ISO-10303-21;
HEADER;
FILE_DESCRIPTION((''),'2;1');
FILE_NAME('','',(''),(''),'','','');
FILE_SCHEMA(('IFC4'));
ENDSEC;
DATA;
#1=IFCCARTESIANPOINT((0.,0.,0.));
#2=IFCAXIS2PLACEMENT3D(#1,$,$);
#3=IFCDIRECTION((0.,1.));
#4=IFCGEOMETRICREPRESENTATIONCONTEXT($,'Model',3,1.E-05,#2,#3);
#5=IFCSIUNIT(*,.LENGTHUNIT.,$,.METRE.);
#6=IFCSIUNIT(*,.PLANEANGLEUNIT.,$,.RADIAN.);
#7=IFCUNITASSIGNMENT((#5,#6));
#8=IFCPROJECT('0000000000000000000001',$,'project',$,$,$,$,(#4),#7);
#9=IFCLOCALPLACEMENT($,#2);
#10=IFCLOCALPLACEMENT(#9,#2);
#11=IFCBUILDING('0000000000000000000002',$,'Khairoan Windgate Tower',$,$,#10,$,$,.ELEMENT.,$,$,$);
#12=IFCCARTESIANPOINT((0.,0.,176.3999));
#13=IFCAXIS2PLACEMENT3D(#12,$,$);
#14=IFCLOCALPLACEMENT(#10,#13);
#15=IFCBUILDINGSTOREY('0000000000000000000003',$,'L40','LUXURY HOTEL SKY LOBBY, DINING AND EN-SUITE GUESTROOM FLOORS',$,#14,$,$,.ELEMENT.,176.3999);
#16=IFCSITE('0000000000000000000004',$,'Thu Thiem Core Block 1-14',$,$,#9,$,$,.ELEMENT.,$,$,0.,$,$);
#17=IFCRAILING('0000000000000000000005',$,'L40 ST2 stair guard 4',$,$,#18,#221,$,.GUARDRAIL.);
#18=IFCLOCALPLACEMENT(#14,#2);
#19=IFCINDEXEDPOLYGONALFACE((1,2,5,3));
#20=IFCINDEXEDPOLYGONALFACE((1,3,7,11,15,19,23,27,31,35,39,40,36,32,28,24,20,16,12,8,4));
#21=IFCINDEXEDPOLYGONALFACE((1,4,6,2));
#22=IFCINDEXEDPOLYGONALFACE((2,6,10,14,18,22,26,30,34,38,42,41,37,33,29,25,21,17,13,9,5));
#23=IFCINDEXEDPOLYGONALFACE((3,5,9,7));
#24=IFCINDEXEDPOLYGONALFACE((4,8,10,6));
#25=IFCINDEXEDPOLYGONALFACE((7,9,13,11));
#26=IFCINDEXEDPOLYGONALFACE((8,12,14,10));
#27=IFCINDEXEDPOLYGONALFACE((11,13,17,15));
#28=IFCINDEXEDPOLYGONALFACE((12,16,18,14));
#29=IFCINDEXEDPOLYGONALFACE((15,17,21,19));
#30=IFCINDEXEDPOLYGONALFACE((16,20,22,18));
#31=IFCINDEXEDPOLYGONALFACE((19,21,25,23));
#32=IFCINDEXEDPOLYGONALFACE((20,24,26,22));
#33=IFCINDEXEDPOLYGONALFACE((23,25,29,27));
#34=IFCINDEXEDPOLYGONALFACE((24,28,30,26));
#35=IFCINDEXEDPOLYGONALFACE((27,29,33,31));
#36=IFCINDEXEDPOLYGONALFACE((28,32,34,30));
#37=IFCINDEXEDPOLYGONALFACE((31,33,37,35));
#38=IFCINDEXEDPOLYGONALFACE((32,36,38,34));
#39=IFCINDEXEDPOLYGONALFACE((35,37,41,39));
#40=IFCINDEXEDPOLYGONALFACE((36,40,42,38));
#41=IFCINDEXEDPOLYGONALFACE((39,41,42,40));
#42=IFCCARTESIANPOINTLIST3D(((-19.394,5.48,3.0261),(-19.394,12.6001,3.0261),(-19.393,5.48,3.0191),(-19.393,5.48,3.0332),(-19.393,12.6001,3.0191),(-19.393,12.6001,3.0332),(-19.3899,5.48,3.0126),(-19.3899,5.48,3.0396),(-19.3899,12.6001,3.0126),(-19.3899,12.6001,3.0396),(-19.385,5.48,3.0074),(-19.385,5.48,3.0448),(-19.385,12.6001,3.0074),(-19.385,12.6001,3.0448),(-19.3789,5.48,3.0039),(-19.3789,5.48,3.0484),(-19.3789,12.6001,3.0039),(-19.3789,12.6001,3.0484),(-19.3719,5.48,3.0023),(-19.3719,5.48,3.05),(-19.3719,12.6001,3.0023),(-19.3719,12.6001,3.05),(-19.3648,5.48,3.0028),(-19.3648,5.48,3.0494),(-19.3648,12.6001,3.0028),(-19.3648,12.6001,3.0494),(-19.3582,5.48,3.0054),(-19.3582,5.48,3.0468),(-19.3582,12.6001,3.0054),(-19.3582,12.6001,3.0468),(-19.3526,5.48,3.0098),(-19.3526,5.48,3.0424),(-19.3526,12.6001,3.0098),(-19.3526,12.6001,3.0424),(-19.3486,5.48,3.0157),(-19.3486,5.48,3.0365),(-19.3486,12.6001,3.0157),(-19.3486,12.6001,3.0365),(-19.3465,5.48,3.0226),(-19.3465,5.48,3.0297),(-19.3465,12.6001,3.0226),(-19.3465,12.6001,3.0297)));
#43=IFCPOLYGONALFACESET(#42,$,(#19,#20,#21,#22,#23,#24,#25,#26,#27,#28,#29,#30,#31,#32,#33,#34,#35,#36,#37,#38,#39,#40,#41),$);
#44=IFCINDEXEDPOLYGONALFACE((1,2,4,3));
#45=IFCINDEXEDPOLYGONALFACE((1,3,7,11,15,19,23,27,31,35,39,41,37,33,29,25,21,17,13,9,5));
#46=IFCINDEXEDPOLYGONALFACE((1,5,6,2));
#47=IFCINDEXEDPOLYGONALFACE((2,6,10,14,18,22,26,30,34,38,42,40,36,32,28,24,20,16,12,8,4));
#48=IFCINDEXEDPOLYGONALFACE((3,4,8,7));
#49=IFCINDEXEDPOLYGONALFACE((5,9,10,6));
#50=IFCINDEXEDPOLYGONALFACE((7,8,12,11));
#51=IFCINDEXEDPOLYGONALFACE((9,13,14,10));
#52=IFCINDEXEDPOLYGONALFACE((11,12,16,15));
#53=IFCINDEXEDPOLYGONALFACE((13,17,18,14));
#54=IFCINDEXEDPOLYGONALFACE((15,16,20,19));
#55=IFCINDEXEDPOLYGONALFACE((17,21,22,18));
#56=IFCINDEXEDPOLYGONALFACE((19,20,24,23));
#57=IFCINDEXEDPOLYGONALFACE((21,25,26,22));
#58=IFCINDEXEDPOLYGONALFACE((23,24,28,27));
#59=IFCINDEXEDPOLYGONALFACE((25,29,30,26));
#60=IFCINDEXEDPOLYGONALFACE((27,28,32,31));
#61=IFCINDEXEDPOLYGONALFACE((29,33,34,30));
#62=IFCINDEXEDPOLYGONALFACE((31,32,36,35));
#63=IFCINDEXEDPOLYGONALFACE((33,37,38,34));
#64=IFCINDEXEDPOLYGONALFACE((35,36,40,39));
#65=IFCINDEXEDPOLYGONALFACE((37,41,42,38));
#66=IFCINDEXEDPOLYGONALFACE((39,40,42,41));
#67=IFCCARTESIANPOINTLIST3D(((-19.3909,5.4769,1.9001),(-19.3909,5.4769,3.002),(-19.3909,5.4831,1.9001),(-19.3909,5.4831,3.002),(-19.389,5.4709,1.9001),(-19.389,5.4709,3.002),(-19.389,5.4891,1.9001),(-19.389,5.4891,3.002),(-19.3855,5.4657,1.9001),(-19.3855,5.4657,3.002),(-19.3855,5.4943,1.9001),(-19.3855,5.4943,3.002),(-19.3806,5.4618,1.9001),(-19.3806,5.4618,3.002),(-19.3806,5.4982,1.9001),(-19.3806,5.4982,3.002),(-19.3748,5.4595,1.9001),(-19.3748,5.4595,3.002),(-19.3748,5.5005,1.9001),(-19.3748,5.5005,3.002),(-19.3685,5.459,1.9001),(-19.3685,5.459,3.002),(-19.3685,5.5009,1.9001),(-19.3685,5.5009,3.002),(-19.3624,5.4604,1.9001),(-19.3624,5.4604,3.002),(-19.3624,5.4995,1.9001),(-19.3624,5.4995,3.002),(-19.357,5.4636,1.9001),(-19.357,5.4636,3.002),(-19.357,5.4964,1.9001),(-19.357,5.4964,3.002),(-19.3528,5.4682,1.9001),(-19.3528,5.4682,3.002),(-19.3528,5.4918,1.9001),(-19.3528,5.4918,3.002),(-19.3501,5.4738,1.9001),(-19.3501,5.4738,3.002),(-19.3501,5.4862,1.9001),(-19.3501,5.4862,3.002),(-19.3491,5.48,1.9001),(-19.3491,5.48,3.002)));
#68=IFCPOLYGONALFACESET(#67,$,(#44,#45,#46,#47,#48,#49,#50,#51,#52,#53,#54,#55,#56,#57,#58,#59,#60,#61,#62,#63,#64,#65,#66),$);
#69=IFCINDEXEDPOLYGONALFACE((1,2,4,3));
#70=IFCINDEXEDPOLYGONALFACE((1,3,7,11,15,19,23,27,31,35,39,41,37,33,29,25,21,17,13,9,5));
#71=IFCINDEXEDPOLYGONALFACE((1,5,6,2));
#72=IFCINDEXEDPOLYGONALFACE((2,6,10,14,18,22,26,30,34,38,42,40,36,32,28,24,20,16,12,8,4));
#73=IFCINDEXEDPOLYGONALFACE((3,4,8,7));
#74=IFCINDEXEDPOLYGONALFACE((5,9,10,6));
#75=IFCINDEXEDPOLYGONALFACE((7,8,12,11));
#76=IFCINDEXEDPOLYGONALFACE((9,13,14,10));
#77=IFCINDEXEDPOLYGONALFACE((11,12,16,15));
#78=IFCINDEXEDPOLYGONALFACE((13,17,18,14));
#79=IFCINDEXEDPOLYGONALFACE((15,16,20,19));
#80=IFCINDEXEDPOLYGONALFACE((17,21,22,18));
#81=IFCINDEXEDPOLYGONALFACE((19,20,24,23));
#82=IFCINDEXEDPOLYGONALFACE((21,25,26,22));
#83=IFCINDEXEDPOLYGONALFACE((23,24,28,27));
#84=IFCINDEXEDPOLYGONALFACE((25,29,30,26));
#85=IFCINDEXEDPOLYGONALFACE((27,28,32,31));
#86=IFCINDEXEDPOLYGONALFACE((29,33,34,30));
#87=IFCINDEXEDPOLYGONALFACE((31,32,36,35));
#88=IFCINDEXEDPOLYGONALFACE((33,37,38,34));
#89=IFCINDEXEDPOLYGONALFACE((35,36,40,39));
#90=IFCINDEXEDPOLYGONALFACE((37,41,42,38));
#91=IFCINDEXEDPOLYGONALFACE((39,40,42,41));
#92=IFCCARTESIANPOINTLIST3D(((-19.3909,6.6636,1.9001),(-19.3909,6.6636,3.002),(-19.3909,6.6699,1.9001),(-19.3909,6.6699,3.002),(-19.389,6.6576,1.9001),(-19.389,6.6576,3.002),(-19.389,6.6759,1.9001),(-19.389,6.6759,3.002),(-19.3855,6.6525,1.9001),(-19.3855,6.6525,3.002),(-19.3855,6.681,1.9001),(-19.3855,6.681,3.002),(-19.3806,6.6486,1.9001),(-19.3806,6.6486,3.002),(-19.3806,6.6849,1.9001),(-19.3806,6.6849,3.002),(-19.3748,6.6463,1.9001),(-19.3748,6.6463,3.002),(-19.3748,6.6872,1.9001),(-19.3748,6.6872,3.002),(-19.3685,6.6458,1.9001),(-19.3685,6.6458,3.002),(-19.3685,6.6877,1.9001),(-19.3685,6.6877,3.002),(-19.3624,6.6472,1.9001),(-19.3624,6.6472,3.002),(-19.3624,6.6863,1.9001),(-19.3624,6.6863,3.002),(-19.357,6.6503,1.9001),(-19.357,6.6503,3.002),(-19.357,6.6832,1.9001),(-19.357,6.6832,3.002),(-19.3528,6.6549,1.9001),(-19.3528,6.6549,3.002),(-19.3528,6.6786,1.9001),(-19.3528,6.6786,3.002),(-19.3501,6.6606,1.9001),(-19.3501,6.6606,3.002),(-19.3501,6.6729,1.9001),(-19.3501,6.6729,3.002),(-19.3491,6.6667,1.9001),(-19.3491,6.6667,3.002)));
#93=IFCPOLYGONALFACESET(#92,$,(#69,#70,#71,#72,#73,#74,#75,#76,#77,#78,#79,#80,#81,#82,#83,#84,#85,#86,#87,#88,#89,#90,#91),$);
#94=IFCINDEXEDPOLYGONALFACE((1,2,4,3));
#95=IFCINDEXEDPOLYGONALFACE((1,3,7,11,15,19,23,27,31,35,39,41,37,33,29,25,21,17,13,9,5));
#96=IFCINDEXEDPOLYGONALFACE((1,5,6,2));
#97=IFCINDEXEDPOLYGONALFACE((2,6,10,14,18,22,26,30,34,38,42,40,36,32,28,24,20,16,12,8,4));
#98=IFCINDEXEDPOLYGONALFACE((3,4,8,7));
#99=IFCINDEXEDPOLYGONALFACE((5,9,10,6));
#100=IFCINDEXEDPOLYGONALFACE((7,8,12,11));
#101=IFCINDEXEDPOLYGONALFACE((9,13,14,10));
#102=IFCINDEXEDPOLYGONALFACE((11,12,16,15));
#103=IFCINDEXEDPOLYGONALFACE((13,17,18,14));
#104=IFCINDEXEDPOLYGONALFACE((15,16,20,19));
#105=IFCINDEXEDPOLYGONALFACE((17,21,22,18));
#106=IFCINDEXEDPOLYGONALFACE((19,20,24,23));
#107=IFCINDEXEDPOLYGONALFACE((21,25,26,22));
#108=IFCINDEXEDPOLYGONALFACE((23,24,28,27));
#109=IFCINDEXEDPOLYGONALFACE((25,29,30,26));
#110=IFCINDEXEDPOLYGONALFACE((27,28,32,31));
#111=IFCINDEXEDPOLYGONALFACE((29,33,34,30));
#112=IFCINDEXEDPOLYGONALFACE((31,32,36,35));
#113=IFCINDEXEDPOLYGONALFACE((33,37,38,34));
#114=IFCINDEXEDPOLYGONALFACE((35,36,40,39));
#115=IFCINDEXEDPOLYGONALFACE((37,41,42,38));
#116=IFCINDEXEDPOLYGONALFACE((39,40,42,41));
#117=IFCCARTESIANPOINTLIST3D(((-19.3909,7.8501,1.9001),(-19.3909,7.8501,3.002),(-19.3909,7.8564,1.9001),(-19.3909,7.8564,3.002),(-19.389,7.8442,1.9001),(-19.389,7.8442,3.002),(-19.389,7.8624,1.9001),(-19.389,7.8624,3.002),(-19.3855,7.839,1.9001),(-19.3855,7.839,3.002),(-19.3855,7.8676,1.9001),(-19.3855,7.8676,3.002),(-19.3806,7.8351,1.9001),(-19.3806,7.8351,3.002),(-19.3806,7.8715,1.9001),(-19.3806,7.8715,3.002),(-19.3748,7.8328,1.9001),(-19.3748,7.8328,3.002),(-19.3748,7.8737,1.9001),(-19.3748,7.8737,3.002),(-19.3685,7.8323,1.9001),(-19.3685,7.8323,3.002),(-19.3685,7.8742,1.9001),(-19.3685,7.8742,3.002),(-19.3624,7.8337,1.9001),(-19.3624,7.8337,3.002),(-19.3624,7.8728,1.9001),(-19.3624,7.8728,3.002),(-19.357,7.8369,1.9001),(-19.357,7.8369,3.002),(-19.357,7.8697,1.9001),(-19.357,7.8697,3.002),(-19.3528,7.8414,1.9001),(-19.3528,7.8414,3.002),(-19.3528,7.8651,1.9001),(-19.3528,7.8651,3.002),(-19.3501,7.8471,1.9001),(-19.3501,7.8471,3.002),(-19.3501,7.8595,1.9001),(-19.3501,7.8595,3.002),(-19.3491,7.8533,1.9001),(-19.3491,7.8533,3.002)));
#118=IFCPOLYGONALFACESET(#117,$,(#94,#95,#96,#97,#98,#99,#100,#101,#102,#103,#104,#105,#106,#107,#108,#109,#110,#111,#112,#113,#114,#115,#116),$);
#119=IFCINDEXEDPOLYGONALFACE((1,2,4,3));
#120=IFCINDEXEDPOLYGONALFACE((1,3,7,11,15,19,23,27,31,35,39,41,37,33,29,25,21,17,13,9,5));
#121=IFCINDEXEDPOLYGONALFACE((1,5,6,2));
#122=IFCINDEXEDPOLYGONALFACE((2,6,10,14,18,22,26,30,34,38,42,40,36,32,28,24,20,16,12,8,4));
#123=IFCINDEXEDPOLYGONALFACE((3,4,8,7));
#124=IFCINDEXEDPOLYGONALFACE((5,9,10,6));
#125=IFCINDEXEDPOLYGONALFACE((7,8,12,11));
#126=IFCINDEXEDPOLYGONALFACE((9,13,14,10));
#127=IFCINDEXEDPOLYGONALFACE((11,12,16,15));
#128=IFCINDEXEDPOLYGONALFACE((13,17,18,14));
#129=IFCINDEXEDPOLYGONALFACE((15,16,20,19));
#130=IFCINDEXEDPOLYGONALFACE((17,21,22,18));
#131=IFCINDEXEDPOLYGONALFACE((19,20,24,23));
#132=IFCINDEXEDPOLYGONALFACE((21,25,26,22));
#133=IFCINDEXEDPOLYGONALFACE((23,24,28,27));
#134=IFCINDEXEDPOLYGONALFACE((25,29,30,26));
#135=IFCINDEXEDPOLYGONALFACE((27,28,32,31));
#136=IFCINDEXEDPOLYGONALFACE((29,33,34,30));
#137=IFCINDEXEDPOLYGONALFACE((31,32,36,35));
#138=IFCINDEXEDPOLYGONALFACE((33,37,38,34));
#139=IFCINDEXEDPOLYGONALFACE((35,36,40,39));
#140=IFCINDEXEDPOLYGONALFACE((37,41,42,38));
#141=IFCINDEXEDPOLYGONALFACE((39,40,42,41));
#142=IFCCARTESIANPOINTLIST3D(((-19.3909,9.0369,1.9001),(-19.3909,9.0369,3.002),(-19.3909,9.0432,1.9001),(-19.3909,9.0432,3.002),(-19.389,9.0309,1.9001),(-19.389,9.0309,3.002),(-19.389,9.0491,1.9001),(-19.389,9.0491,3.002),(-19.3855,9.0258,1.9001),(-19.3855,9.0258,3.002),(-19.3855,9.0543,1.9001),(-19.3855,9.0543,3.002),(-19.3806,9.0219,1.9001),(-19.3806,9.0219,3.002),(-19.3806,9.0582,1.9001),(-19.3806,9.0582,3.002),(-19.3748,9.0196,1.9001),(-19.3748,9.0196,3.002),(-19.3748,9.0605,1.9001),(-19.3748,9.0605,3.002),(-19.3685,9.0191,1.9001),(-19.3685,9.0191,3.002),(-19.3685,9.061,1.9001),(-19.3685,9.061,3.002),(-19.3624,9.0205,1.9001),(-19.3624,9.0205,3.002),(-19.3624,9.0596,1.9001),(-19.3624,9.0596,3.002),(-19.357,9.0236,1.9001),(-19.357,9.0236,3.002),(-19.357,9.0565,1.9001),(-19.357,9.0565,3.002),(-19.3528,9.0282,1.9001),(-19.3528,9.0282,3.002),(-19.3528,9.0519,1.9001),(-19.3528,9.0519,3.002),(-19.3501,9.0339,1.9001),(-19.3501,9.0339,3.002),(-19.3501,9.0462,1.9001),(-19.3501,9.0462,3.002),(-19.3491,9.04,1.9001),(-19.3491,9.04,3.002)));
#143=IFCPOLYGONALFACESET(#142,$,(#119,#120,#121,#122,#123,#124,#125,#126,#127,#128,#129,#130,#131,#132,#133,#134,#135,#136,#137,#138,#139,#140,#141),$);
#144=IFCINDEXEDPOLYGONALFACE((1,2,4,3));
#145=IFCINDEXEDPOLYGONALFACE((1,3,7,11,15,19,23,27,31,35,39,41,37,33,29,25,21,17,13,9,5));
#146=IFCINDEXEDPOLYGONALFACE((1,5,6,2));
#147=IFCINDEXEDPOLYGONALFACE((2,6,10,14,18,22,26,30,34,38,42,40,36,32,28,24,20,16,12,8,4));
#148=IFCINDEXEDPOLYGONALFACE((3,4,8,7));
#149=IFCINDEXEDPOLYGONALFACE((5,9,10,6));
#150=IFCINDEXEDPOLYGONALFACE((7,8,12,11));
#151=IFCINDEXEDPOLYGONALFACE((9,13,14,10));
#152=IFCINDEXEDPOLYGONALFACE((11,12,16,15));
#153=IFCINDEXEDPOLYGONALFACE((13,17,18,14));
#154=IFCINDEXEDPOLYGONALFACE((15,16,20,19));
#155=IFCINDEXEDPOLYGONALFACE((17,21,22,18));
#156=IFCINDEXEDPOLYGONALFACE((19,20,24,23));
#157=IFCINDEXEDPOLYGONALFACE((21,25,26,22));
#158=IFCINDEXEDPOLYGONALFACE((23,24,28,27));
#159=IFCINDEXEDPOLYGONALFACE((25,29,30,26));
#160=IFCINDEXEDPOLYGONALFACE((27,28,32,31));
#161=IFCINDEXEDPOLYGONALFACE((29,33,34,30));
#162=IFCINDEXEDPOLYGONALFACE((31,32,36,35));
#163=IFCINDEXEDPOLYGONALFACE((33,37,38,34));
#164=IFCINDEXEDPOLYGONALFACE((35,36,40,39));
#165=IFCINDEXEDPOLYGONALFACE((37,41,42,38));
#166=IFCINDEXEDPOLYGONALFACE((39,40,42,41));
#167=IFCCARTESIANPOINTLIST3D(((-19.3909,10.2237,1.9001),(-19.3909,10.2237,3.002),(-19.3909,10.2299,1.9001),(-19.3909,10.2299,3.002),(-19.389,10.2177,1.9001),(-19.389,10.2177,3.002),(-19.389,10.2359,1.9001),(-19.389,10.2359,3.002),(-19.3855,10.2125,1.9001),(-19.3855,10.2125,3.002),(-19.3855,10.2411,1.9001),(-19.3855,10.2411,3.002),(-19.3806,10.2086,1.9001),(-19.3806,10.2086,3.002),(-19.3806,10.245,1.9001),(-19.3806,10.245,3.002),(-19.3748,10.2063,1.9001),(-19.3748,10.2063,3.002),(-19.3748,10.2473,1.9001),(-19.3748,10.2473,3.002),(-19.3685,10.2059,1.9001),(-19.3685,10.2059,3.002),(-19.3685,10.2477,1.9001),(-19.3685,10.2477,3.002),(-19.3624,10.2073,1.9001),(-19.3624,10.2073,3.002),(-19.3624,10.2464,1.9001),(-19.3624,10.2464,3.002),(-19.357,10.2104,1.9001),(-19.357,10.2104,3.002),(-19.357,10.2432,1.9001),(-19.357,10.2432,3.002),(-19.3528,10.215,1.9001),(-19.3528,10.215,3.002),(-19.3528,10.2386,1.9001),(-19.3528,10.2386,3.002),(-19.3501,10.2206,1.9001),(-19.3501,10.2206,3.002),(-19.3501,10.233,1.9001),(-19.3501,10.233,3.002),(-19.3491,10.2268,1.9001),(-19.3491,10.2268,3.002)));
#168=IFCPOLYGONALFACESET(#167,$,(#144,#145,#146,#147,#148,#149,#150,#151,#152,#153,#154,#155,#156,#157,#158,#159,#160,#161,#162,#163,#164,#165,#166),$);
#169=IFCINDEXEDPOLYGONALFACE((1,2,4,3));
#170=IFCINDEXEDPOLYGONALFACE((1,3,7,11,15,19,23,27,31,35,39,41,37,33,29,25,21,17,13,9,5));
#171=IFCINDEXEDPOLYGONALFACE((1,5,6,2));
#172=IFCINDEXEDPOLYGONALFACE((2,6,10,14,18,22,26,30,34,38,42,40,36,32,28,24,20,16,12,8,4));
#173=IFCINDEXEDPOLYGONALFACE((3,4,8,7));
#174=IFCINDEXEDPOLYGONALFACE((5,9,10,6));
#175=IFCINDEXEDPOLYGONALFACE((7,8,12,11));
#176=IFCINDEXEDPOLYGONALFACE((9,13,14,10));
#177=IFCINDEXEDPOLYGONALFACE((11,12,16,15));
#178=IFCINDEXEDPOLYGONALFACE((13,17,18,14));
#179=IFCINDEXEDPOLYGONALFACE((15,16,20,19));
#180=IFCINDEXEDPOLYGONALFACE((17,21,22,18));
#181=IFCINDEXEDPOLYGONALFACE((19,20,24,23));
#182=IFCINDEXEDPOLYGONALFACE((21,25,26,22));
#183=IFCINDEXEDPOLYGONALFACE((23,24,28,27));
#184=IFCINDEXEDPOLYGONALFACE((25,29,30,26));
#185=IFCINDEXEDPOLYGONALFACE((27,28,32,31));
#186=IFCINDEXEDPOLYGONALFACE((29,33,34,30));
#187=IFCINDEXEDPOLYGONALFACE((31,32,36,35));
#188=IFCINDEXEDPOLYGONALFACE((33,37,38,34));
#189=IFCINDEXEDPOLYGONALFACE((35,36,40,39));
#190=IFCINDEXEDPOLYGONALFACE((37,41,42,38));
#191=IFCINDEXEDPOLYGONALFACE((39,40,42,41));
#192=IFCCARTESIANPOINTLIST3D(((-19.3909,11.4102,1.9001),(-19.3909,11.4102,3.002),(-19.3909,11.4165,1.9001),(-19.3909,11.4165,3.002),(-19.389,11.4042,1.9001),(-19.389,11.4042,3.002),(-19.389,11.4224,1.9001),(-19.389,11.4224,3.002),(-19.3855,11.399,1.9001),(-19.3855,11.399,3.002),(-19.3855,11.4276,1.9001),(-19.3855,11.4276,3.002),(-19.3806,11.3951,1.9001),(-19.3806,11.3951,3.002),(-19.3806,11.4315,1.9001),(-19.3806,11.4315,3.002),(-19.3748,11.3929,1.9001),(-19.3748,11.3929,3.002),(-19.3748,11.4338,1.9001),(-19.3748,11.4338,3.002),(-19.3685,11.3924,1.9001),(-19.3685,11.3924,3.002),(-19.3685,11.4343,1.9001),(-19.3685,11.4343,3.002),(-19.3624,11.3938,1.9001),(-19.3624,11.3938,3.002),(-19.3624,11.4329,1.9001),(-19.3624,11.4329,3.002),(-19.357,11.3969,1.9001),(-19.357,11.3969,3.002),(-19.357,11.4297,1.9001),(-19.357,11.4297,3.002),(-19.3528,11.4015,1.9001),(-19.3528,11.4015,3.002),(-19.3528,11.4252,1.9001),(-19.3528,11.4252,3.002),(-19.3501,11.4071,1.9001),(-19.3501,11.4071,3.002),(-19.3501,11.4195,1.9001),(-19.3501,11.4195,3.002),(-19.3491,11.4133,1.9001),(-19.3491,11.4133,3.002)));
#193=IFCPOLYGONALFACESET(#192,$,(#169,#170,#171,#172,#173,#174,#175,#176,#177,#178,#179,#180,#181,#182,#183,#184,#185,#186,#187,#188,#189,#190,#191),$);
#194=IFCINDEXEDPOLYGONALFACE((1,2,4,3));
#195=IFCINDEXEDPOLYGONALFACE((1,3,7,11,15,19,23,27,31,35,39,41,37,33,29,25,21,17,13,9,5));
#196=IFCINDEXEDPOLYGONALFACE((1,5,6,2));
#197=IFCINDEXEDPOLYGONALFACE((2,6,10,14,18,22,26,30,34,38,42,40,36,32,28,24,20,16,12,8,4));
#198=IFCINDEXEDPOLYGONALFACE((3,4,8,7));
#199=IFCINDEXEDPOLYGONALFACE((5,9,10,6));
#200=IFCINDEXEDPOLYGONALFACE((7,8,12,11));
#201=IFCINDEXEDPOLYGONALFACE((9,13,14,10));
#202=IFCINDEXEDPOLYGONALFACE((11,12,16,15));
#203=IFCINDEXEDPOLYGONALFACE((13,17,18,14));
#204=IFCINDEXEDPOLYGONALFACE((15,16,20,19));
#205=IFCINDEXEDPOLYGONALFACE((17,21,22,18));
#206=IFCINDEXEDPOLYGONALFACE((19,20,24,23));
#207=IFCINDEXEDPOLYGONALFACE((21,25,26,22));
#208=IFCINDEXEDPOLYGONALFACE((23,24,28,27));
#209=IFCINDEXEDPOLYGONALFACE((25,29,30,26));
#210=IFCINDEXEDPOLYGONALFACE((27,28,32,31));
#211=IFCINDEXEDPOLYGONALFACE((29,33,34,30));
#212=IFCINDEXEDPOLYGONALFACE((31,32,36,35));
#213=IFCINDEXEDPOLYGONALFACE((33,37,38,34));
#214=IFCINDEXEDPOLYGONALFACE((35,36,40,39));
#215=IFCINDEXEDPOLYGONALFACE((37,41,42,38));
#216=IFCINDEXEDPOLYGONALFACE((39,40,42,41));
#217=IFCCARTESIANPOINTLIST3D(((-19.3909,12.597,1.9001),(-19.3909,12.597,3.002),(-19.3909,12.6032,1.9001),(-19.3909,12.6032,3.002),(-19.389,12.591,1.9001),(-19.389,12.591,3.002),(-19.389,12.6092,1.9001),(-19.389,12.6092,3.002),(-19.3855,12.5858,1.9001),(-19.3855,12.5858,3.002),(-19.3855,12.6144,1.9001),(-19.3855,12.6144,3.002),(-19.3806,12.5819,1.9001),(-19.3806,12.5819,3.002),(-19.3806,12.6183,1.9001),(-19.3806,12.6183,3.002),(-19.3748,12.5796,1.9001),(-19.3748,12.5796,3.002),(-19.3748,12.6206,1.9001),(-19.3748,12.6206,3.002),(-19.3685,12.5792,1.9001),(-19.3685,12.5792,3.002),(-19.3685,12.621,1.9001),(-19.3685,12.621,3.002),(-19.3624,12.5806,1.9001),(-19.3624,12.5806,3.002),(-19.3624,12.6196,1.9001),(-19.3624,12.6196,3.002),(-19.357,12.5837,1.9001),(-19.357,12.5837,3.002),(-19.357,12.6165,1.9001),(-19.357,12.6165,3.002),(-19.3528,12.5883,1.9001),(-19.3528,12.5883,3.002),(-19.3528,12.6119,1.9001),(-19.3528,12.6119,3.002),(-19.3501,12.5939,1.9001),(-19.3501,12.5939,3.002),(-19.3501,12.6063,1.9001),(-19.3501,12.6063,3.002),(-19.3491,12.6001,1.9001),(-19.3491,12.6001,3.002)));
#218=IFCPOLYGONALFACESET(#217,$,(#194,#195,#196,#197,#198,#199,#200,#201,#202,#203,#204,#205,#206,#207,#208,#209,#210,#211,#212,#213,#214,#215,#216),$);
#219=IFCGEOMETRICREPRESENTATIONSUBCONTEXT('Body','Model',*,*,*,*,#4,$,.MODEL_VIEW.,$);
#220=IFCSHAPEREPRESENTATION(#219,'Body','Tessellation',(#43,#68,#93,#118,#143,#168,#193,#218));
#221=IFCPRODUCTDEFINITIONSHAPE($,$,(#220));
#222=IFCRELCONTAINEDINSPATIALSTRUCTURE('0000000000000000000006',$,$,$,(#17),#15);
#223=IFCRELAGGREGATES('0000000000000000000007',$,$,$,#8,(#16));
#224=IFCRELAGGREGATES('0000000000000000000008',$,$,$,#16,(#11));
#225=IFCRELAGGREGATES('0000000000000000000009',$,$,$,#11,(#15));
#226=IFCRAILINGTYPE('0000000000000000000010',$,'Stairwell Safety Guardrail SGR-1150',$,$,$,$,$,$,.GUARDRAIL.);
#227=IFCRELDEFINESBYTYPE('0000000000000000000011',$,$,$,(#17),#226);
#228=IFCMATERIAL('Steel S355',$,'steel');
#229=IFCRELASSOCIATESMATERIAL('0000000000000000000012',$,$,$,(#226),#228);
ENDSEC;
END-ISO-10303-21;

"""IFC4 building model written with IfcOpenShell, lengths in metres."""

from ifc_helpers import new_model, si_unit, direction, frame, origin, origin_2d, place, context, subcontext, project, spatial, circle, extrude, material, type_object, element, save


model = new_model("IFC4")

# Units and contexts
model_context = context("Model", 3, precision=1e-05, world=origin(), true_north=direction((0.0, 1.0)))
body_context = subcontext(model_context, "Body", "Model", "MODEL_VIEW")
ifc_project = project(units=[si_unit("LENGTHUNIT", "METRE"), si_unit("PLANEANGLEUNIT", "RADIAN")], contexts=[model_context])

# Site, building, storey
site_placement = place(None, origin())
site = spatial("IfcSite", under=ifc_project, at=site_placement, Name="Thu Thiem Core Block 1-14", CompositionType="ELEMENT", RefElevation=0.0)
building_placement = place(site_placement, origin())
building = spatial("IfcBuilding", under=site, at=building_placement, Name="Khairoan Windgate Tower", CompositionType="ELEMENT")
storey_placement = place(building_placement, frame((0.0, 0.0, 176.3999)))
storey = spatial("IfcBuildingStorey", under=building, at=storey_placement, Name="L40", Description="LUXURY HOTEL SKY LOBBY, DINING AND EN-SUITE GUESTROOM FLOORS", CompositionType="ELEMENT", Elevation=176.3999)

# Railing
ifc_material_1 = material(Name="Steel S355", Category="steel")
railing_type_1 = type_object("IfcRailingType", Name="Stairwell Safety Guardrail SGR-1150", PredefinedType="GUARDRAIL", material=ifc_material_1)
railing_1_placement = place(storey_placement, frame((-19.3701, 5.48, 1.9001)))
element("IfcRailing", 1, at=railing_1_placement, inside=storey, type_object=railing_type_1, Name="L40 ST2 stair guard 4", PredefinedType="GUARDRAIL", context=body_context, shape_type="SweptSolid", body=[
    extrude(circle(Radius=0.0239, at=origin_2d()), frame((0.0, 0.0, 1.126), z_axis=(0.0, 1.0, 0.0), x_axis=(-1.0, 0.0, 0.0)), (0.0, 0.0, 1.0), 7.1201),
    extrude(circle(Radius=0.021, at=origin_2d()), origin(), (0.0, 0.0, 1.0), 1.1018),
    extrude(circle(Radius=0.021, at=origin_2d()), frame((0.0, 1.1868, 0.0)), (0.0, 0.0, 1.0), 1.1018),
    extrude(circle(Radius=0.021, at=origin_2d()), frame((0.0, 2.3733, 0.0)), (0.0, 0.0, 1.0), 1.1018),
    extrude(circle(Radius=0.021, at=origin_2d()), frame((0.0, 3.5601, 0.0)), (0.0, 0.0, 1.0), 1.1018),
    extrude(circle(Radius=0.021, at=origin_2d()), frame((0.0, 4.7468, 0.0)), (0.0, 0.0, 1.0), 1.1018),
    extrude(circle(Radius=0.021, at=origin_2d()), frame((0.0, 5.9333, 0.0)), (0.0, 0.0, 1.0), 1.1018),
    extrude(circle(Radius=0.021, at=origin_2d()), frame((0.0, 7.1201, 0.0)), (0.0, 0.0, 1.0), 1.1018),
])

save(model, "model.ifc")
